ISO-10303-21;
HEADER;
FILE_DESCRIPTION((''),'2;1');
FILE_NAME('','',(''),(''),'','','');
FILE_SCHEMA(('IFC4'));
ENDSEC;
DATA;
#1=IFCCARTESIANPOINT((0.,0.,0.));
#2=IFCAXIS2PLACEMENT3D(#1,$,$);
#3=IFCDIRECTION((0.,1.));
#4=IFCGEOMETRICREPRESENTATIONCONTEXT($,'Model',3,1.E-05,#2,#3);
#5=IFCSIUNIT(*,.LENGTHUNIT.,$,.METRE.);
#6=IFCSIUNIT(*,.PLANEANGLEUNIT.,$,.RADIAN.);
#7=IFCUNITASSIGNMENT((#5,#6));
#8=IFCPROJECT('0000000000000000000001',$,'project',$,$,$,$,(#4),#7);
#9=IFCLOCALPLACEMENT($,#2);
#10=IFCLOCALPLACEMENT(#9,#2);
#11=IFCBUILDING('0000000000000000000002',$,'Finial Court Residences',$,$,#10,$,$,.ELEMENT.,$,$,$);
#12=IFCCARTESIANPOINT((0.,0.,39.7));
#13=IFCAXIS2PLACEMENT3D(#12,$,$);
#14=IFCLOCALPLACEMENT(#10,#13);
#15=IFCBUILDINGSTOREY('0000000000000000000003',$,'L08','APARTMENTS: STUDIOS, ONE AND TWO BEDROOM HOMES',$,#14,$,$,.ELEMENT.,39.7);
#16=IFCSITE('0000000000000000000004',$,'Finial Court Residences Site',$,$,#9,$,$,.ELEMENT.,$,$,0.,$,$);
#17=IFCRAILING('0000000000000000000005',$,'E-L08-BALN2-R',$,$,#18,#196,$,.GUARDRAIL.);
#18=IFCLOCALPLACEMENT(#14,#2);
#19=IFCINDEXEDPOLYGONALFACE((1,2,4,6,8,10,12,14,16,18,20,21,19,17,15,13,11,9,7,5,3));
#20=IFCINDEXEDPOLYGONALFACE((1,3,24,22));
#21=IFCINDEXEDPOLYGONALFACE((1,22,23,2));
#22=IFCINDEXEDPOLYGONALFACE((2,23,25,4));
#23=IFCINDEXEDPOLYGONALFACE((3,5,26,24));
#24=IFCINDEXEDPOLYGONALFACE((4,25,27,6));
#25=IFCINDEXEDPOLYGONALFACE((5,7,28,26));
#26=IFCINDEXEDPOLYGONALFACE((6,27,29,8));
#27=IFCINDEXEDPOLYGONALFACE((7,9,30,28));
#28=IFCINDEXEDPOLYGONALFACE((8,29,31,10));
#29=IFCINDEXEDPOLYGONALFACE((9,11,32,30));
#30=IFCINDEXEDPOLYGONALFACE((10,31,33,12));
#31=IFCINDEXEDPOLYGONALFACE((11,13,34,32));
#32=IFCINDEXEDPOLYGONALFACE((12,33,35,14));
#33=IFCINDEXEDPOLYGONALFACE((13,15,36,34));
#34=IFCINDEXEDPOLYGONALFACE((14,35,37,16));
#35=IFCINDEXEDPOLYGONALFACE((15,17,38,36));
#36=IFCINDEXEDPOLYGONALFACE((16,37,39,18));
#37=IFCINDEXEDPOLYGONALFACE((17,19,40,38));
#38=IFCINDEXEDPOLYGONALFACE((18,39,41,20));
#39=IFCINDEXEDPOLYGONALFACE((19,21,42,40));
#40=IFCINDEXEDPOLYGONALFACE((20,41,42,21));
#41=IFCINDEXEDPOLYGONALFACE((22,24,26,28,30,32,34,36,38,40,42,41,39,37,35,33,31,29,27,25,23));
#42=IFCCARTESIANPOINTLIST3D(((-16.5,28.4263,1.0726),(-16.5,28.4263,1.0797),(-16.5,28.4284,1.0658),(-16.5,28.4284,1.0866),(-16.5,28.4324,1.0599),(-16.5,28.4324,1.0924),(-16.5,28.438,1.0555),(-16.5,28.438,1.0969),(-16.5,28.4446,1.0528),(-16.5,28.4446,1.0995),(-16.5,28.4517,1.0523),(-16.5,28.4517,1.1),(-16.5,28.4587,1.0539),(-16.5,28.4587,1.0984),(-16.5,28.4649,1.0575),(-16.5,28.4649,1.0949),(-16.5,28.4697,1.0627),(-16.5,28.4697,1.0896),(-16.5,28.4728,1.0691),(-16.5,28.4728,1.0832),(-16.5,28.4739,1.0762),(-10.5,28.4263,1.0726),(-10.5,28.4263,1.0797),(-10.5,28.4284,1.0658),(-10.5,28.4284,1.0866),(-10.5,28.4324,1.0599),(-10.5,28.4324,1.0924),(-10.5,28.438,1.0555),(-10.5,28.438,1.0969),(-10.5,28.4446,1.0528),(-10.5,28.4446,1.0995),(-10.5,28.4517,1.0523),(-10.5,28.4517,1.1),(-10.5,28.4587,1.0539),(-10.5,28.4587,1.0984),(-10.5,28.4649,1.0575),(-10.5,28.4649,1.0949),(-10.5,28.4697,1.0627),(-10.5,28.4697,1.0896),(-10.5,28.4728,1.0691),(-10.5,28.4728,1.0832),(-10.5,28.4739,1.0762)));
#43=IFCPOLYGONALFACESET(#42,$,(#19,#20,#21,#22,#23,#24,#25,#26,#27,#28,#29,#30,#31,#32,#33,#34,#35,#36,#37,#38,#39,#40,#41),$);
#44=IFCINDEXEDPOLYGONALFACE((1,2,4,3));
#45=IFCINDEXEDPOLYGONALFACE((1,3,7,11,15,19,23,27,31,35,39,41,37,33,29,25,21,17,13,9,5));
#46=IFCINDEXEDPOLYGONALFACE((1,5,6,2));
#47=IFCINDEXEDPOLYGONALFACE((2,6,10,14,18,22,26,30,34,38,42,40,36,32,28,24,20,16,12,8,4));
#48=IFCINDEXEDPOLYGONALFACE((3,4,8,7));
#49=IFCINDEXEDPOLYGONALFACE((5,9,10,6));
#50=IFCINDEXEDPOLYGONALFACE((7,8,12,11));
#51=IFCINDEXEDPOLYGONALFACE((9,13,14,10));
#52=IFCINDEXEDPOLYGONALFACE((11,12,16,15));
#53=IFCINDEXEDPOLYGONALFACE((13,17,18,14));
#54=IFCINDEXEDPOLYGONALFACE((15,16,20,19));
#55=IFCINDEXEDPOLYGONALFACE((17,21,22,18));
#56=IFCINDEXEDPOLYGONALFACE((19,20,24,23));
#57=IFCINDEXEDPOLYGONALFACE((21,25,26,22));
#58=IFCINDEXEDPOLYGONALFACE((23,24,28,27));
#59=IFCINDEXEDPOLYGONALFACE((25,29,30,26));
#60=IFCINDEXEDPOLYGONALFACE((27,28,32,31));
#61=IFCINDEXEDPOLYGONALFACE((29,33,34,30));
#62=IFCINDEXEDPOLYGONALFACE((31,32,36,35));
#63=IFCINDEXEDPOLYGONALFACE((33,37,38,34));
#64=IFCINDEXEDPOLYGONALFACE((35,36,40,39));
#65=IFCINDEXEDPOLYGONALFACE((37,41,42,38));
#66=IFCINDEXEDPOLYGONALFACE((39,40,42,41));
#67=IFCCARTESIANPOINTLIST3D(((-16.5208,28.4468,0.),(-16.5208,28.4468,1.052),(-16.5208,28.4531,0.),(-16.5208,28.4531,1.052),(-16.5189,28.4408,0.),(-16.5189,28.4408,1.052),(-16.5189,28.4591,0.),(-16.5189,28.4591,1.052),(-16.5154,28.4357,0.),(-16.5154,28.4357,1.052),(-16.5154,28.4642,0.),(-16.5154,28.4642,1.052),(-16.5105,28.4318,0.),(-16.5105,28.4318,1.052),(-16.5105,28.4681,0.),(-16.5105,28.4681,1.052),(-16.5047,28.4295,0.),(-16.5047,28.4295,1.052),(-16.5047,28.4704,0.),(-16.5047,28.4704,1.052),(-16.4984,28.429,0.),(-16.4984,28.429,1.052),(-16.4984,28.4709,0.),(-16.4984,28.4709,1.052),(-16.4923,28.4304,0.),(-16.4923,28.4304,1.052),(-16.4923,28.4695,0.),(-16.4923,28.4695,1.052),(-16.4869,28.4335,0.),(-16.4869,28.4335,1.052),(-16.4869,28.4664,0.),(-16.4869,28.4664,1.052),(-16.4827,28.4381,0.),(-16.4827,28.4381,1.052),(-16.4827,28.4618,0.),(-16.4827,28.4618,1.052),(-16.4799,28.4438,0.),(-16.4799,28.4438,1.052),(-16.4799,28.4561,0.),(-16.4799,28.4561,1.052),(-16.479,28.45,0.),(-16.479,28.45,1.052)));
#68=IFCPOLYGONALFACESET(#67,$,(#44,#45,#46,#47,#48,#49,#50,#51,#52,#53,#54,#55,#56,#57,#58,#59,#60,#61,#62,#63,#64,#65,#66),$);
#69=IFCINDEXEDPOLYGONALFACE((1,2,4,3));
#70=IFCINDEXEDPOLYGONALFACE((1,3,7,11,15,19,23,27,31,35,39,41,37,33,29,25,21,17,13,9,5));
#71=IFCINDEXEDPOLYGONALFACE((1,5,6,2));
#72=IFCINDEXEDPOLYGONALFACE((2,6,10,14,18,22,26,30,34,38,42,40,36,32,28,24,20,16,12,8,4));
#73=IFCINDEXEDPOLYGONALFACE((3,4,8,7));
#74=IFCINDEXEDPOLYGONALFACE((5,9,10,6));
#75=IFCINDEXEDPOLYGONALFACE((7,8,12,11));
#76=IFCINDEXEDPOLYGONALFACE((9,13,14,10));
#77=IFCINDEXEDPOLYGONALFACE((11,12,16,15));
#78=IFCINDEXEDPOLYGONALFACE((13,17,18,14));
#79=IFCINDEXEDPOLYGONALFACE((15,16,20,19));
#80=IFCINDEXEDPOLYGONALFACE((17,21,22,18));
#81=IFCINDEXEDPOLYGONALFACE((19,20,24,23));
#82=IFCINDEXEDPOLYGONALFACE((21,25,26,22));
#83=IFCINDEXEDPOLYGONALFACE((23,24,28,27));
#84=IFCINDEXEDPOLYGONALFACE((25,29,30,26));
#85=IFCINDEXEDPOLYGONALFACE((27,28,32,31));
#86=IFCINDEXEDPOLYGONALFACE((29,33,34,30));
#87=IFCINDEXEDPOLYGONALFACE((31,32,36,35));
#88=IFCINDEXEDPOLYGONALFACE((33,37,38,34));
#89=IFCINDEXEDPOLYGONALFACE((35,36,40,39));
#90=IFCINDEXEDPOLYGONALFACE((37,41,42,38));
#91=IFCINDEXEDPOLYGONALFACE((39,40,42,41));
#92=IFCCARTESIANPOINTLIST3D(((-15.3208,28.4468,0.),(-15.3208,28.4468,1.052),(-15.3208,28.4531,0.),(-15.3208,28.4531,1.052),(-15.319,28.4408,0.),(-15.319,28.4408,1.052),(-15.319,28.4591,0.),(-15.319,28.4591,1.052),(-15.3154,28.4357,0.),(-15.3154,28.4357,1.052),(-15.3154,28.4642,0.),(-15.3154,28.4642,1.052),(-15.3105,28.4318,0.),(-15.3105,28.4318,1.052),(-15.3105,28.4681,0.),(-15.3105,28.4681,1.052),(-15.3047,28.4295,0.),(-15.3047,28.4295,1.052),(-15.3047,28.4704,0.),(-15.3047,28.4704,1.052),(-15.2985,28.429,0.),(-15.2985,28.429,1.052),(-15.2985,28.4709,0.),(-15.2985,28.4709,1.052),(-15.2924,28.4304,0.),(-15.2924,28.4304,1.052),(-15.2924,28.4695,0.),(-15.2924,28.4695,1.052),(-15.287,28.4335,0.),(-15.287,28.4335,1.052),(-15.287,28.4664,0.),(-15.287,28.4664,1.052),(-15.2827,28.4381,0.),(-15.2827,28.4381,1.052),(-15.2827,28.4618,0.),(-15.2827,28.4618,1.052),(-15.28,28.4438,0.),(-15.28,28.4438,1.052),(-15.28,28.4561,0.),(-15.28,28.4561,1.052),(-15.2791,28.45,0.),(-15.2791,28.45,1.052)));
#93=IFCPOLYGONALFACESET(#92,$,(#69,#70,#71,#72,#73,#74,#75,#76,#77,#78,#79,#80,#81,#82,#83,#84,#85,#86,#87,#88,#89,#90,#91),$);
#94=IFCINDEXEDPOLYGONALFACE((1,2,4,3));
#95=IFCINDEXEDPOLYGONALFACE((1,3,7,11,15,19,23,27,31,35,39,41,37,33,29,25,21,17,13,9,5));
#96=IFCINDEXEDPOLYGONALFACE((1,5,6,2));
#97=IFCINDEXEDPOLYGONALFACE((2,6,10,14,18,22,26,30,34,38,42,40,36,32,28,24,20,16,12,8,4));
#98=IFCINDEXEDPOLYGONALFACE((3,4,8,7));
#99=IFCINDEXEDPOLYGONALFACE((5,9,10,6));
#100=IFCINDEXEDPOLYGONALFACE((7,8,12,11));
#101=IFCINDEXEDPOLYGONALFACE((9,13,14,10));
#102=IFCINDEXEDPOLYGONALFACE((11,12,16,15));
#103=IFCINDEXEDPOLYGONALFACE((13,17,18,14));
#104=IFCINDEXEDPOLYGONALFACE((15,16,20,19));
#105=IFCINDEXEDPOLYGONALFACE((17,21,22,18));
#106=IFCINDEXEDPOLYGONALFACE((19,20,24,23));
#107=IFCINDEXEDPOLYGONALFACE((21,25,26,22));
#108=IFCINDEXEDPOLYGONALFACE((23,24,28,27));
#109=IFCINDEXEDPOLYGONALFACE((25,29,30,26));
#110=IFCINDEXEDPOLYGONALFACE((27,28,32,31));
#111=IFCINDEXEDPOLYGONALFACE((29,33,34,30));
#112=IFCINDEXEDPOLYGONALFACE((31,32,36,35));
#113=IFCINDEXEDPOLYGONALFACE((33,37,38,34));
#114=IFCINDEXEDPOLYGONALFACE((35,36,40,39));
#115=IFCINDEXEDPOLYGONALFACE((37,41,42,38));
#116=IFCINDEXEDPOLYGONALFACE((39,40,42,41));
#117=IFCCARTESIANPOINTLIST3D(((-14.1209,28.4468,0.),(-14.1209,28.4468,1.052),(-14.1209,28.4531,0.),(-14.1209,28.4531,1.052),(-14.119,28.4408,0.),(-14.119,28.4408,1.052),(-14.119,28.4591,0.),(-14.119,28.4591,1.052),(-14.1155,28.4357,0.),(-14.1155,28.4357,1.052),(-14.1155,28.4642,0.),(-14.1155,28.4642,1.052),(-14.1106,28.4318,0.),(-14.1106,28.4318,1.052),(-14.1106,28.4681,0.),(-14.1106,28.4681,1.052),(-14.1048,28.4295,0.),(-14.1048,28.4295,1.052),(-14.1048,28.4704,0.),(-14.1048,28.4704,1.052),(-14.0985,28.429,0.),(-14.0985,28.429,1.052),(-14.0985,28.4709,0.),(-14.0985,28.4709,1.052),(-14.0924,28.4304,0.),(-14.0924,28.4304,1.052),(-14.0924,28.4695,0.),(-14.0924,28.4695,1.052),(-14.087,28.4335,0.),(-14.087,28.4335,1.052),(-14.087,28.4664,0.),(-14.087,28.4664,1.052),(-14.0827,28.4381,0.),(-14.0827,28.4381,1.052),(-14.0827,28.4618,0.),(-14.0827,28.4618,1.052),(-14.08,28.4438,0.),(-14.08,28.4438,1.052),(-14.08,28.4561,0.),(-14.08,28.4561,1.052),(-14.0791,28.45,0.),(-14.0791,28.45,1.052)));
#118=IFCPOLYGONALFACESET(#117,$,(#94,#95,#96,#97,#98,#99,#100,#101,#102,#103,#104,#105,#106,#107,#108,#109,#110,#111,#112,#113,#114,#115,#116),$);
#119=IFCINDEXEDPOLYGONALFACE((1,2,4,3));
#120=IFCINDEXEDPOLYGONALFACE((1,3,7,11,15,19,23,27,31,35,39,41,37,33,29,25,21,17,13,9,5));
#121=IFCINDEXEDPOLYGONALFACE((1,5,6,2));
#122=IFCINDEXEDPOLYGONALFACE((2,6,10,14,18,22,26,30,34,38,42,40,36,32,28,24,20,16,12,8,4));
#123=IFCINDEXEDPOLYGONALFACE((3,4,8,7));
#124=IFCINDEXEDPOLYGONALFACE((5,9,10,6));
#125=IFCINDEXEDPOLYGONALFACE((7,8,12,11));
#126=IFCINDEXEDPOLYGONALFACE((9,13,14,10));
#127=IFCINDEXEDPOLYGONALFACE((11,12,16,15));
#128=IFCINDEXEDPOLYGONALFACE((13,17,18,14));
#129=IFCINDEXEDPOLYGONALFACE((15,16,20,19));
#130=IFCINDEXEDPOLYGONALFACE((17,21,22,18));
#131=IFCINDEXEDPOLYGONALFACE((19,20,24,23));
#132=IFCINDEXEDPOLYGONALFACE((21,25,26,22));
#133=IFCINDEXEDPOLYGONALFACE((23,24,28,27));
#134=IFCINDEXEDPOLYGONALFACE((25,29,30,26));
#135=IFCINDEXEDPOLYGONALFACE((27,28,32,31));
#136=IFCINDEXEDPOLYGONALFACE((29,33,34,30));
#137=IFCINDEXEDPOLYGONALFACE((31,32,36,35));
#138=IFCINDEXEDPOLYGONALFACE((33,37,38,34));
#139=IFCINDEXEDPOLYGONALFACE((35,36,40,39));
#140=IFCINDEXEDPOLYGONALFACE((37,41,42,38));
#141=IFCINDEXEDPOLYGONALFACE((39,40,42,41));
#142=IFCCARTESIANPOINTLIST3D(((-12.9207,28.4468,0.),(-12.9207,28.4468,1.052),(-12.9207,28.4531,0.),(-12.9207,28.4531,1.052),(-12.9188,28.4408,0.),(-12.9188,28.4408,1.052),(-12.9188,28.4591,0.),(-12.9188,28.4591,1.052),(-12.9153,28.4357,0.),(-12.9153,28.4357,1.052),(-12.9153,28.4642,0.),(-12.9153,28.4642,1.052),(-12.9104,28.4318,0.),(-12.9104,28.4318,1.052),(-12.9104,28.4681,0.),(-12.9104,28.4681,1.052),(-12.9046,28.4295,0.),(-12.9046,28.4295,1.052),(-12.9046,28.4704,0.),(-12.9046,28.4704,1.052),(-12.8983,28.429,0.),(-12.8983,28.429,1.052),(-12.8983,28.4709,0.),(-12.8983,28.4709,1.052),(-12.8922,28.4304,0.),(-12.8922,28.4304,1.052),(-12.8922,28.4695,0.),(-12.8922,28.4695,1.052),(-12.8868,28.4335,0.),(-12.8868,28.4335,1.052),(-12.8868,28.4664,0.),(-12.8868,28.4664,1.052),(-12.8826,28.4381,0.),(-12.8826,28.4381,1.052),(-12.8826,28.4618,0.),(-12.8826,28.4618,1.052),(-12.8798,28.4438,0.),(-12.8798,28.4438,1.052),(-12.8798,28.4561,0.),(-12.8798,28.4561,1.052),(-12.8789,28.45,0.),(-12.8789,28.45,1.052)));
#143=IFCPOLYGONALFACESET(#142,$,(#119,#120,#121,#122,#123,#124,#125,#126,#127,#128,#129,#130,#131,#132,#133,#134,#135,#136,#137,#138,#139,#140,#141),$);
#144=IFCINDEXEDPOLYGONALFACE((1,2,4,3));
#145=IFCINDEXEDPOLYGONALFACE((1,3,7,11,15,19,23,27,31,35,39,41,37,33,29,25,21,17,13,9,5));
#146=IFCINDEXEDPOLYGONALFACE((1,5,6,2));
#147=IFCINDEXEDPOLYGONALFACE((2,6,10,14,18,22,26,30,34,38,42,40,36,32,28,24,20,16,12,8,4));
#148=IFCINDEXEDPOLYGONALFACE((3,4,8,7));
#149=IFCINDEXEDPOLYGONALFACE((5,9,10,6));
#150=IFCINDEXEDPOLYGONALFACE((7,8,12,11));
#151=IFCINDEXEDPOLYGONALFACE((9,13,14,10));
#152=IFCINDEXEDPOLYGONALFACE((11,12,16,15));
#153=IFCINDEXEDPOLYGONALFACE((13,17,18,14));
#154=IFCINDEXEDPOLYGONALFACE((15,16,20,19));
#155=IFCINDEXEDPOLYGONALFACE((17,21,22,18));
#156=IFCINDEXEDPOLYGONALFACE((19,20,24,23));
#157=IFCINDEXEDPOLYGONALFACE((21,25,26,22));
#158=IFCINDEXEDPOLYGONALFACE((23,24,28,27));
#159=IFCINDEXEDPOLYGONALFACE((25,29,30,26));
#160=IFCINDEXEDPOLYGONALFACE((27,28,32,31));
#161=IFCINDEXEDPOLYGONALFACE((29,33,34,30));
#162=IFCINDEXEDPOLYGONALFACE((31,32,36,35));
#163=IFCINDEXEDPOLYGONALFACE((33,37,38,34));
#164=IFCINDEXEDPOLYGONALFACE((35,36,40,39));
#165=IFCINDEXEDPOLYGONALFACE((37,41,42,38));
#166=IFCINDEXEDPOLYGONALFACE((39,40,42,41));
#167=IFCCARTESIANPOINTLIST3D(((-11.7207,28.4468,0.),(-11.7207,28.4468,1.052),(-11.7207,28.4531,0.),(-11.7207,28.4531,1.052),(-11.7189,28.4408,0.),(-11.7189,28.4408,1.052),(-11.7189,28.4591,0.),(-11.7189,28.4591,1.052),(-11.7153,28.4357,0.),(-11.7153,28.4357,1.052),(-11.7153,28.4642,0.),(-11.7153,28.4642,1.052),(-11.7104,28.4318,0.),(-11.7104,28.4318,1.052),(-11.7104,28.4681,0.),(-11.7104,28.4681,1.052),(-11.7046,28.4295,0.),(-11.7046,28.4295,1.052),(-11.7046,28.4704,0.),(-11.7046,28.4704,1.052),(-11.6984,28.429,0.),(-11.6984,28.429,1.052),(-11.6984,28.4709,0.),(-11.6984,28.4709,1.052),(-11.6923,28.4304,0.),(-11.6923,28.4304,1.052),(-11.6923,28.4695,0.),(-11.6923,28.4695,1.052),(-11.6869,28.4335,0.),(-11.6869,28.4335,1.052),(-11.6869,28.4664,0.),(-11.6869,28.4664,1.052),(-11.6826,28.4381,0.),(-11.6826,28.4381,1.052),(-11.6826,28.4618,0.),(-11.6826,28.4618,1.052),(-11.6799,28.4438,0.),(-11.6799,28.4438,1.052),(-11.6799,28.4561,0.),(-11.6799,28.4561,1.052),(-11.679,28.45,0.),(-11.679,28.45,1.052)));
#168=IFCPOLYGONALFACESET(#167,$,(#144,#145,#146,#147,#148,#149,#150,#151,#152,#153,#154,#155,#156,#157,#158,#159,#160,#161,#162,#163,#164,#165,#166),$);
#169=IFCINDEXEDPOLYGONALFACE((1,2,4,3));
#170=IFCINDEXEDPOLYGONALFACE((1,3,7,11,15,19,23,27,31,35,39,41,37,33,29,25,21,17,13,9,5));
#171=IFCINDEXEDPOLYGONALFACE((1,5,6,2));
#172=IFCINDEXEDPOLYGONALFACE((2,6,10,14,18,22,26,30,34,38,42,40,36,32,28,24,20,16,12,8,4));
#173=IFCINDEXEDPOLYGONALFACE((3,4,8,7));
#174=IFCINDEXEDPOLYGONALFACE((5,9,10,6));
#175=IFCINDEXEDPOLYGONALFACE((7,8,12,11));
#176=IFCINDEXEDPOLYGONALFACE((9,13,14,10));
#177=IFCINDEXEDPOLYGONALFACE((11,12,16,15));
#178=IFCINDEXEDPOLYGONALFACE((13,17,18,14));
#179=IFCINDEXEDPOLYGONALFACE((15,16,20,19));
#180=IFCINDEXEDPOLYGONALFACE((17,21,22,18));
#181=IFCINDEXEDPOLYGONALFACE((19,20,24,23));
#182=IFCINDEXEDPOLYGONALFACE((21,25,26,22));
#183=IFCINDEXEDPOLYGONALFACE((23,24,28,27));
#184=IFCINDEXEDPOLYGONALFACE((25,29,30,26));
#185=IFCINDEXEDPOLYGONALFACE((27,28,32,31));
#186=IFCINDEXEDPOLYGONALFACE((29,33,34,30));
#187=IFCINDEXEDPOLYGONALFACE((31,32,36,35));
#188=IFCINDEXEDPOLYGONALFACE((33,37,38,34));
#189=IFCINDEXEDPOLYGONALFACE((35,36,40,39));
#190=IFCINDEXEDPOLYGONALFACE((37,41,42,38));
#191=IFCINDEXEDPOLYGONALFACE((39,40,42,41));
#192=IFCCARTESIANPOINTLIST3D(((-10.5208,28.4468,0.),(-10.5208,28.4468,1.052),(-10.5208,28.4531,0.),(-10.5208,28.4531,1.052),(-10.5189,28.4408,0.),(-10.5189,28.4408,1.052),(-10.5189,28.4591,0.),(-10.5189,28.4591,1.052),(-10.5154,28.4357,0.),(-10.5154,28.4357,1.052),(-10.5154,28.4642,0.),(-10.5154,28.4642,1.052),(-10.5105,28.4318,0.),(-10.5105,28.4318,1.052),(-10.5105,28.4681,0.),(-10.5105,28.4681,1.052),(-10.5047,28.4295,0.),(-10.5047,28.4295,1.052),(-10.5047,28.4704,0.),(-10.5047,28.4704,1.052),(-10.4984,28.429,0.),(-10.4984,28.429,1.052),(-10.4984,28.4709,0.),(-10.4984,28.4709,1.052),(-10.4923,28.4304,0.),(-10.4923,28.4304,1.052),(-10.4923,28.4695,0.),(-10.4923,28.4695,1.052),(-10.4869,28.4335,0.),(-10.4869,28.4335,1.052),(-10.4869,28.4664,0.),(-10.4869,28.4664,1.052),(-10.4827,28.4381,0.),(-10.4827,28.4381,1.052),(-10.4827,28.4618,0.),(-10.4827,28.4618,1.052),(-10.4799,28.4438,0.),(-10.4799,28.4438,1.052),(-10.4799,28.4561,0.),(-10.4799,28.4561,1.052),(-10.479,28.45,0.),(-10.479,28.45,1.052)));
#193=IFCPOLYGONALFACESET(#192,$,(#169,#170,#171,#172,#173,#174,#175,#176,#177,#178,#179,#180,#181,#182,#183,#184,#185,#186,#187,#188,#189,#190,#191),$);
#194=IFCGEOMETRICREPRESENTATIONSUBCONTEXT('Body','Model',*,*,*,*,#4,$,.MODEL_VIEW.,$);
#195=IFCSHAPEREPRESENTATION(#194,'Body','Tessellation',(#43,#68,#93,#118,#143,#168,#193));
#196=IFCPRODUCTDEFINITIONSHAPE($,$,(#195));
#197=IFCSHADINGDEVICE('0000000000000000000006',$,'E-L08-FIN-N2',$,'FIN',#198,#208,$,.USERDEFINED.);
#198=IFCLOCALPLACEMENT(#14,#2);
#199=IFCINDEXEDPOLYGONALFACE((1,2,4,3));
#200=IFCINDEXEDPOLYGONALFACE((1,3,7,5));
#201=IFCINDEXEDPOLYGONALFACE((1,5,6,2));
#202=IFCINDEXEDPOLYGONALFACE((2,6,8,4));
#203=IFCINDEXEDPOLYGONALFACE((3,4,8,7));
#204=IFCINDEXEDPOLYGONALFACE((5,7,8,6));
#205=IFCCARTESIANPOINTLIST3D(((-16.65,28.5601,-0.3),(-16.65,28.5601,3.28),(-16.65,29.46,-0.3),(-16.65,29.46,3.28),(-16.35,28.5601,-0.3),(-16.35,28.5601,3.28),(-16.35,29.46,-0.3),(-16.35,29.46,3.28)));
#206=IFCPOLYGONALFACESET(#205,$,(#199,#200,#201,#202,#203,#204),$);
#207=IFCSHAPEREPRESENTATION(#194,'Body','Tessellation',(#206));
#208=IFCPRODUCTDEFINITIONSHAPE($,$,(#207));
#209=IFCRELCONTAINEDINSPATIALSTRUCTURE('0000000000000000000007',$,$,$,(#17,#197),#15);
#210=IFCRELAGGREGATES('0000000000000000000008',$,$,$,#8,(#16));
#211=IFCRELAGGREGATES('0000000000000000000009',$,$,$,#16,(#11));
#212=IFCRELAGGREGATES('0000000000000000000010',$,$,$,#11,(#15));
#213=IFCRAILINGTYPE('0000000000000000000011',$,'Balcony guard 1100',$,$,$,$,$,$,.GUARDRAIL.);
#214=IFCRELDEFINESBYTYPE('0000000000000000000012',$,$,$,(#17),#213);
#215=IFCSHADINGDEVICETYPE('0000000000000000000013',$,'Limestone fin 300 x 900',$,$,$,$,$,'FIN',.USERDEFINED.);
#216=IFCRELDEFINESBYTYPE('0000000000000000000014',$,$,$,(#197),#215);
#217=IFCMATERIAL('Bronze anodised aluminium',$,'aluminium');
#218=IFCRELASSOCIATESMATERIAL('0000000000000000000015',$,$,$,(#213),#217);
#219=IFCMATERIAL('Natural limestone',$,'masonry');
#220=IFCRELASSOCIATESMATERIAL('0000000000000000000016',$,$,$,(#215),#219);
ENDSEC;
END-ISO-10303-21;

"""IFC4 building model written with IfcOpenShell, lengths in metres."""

from ifc_helpers import new_model, si_unit, direction, frame, origin, origin_2d, place, context, subcontext, project, spatial, rectangle, circle, extrude, material, type_object, element, save


model = new_model("IFC4")

# Units and contexts
model_context = context("Model", 3, precision=1e-05, world=origin(), true_north=direction((0.0, 1.0)))
body_context = subcontext(model_context, "Body", "Model", "MODEL_VIEW")
ifc_project = project(units=[si_unit("LENGTHUNIT", "METRE"), si_unit("PLANEANGLEUNIT", "RADIAN")], contexts=[model_context])

# Site, building, storey
site_placement = place(None, origin())
site = spatial("IfcSite", under=ifc_project, at=site_placement, Name="Finial Court Residences Site", CompositionType="ELEMENT", RefElevation=0.0)
building_placement = place(site_placement, origin())
building = spatial("IfcBuilding", under=site, at=building_placement, Name="Finial Court Residences", CompositionType="ELEMENT")
storey_placement = place(building_placement, frame((0.0, 0.0, 39.7)))
storey = spatial("IfcBuildingStorey", under=building, at=storey_placement, Name="L08", Description="APARTMENTS: STUDIOS, ONE AND TWO BEDROOM HOMES", CompositionType="ELEMENT", Elevation=39.7)

# Shared definitions
ifc_material_1 = material(Name="Bronze anodised aluminium", Category="aluminium")

# Shared definitions
ifc_material_2 = material(Name="Natural limestone", Category="masonry")

# Railing
railing_type = type_object("IfcRailingType", Name="Balcony guard 1100", PredefinedType="GUARDRAIL", material=ifc_material_1)
railing_placement = place(storey_placement, frame((-16.5, 28.45, 0.0)))
element("IfcRailing", 1, at=railing_placement, inside=storey, type_object=railing_type, Name="E-L08-BALN2-R", PredefinedType="GUARDRAIL", context=body_context, shape_type="SweptSolid", body=[
    extrude(circle(Radius=0.0239, at=origin_2d()), frame((0.0, 0.0, 1.0762), z_axis=(1.0, 0.0, 0.0), x_axis=(0.0, 1.0, 0.0)), (0.0, 0.0, 1.0), 6.0),
    extrude(circle(Radius=0.021, at=origin_2d()), origin(), (0.0, 0.0, 1.0), 1.052),
    extrude(circle(Radius=0.021, at=origin_2d()), frame((1.2, 0.0, 0.0)), (0.0, 0.0, 1.0), 1.052),
    extrude(circle(Radius=0.021, at=origin_2d()), frame((2.3999, 0.0, 0.0)), (0.0, 0.0, 1.0), 1.052),
    extrude(circle(Radius=0.021, at=origin_2d()), frame((3.6001, 0.0, 0.0)), (0.0, 0.0, 1.0), 1.052),
    extrude(circle(Radius=0.021, at=origin_2d()), frame((4.8, 0.0, 0.0)), (0.0, 0.0, 1.0), 1.052),
    extrude(circle(Radius=0.021, at=origin_2d()), frame((6.0, 0.0, 0.0)), (0.0, 0.0, 1.0), 1.052),
])

# Shading device
shading_device_type = type_object("IfcShadingDeviceType", Name="Limestone fin 300 x 900", ElementType="FIN", PredefinedType="USERDEFINED", material=ifc_material_2)
shading_device_placement = place(storey_placement, frame((-16.5, 29.01, -0.3), z_axis=(0.0, 0.0, 1.0), x_axis=(1.0, 0.0, 0.0)))
element("IfcShadingDevice", 2, at=shading_device_placement, inside=storey, type_object=shading_device_type, Name="E-L08-FIN-N2", ObjectType="FIN", PredefinedType="USERDEFINED", context=body_context, shape_type="SweptSolid", body=[
    extrude(rectangle(XDim=0.3, YDim=0.8999, at=origin_2d()), origin(), (0.0, 0.0, 1.0), 3.5801),
])

save(model, "model.ifc")
